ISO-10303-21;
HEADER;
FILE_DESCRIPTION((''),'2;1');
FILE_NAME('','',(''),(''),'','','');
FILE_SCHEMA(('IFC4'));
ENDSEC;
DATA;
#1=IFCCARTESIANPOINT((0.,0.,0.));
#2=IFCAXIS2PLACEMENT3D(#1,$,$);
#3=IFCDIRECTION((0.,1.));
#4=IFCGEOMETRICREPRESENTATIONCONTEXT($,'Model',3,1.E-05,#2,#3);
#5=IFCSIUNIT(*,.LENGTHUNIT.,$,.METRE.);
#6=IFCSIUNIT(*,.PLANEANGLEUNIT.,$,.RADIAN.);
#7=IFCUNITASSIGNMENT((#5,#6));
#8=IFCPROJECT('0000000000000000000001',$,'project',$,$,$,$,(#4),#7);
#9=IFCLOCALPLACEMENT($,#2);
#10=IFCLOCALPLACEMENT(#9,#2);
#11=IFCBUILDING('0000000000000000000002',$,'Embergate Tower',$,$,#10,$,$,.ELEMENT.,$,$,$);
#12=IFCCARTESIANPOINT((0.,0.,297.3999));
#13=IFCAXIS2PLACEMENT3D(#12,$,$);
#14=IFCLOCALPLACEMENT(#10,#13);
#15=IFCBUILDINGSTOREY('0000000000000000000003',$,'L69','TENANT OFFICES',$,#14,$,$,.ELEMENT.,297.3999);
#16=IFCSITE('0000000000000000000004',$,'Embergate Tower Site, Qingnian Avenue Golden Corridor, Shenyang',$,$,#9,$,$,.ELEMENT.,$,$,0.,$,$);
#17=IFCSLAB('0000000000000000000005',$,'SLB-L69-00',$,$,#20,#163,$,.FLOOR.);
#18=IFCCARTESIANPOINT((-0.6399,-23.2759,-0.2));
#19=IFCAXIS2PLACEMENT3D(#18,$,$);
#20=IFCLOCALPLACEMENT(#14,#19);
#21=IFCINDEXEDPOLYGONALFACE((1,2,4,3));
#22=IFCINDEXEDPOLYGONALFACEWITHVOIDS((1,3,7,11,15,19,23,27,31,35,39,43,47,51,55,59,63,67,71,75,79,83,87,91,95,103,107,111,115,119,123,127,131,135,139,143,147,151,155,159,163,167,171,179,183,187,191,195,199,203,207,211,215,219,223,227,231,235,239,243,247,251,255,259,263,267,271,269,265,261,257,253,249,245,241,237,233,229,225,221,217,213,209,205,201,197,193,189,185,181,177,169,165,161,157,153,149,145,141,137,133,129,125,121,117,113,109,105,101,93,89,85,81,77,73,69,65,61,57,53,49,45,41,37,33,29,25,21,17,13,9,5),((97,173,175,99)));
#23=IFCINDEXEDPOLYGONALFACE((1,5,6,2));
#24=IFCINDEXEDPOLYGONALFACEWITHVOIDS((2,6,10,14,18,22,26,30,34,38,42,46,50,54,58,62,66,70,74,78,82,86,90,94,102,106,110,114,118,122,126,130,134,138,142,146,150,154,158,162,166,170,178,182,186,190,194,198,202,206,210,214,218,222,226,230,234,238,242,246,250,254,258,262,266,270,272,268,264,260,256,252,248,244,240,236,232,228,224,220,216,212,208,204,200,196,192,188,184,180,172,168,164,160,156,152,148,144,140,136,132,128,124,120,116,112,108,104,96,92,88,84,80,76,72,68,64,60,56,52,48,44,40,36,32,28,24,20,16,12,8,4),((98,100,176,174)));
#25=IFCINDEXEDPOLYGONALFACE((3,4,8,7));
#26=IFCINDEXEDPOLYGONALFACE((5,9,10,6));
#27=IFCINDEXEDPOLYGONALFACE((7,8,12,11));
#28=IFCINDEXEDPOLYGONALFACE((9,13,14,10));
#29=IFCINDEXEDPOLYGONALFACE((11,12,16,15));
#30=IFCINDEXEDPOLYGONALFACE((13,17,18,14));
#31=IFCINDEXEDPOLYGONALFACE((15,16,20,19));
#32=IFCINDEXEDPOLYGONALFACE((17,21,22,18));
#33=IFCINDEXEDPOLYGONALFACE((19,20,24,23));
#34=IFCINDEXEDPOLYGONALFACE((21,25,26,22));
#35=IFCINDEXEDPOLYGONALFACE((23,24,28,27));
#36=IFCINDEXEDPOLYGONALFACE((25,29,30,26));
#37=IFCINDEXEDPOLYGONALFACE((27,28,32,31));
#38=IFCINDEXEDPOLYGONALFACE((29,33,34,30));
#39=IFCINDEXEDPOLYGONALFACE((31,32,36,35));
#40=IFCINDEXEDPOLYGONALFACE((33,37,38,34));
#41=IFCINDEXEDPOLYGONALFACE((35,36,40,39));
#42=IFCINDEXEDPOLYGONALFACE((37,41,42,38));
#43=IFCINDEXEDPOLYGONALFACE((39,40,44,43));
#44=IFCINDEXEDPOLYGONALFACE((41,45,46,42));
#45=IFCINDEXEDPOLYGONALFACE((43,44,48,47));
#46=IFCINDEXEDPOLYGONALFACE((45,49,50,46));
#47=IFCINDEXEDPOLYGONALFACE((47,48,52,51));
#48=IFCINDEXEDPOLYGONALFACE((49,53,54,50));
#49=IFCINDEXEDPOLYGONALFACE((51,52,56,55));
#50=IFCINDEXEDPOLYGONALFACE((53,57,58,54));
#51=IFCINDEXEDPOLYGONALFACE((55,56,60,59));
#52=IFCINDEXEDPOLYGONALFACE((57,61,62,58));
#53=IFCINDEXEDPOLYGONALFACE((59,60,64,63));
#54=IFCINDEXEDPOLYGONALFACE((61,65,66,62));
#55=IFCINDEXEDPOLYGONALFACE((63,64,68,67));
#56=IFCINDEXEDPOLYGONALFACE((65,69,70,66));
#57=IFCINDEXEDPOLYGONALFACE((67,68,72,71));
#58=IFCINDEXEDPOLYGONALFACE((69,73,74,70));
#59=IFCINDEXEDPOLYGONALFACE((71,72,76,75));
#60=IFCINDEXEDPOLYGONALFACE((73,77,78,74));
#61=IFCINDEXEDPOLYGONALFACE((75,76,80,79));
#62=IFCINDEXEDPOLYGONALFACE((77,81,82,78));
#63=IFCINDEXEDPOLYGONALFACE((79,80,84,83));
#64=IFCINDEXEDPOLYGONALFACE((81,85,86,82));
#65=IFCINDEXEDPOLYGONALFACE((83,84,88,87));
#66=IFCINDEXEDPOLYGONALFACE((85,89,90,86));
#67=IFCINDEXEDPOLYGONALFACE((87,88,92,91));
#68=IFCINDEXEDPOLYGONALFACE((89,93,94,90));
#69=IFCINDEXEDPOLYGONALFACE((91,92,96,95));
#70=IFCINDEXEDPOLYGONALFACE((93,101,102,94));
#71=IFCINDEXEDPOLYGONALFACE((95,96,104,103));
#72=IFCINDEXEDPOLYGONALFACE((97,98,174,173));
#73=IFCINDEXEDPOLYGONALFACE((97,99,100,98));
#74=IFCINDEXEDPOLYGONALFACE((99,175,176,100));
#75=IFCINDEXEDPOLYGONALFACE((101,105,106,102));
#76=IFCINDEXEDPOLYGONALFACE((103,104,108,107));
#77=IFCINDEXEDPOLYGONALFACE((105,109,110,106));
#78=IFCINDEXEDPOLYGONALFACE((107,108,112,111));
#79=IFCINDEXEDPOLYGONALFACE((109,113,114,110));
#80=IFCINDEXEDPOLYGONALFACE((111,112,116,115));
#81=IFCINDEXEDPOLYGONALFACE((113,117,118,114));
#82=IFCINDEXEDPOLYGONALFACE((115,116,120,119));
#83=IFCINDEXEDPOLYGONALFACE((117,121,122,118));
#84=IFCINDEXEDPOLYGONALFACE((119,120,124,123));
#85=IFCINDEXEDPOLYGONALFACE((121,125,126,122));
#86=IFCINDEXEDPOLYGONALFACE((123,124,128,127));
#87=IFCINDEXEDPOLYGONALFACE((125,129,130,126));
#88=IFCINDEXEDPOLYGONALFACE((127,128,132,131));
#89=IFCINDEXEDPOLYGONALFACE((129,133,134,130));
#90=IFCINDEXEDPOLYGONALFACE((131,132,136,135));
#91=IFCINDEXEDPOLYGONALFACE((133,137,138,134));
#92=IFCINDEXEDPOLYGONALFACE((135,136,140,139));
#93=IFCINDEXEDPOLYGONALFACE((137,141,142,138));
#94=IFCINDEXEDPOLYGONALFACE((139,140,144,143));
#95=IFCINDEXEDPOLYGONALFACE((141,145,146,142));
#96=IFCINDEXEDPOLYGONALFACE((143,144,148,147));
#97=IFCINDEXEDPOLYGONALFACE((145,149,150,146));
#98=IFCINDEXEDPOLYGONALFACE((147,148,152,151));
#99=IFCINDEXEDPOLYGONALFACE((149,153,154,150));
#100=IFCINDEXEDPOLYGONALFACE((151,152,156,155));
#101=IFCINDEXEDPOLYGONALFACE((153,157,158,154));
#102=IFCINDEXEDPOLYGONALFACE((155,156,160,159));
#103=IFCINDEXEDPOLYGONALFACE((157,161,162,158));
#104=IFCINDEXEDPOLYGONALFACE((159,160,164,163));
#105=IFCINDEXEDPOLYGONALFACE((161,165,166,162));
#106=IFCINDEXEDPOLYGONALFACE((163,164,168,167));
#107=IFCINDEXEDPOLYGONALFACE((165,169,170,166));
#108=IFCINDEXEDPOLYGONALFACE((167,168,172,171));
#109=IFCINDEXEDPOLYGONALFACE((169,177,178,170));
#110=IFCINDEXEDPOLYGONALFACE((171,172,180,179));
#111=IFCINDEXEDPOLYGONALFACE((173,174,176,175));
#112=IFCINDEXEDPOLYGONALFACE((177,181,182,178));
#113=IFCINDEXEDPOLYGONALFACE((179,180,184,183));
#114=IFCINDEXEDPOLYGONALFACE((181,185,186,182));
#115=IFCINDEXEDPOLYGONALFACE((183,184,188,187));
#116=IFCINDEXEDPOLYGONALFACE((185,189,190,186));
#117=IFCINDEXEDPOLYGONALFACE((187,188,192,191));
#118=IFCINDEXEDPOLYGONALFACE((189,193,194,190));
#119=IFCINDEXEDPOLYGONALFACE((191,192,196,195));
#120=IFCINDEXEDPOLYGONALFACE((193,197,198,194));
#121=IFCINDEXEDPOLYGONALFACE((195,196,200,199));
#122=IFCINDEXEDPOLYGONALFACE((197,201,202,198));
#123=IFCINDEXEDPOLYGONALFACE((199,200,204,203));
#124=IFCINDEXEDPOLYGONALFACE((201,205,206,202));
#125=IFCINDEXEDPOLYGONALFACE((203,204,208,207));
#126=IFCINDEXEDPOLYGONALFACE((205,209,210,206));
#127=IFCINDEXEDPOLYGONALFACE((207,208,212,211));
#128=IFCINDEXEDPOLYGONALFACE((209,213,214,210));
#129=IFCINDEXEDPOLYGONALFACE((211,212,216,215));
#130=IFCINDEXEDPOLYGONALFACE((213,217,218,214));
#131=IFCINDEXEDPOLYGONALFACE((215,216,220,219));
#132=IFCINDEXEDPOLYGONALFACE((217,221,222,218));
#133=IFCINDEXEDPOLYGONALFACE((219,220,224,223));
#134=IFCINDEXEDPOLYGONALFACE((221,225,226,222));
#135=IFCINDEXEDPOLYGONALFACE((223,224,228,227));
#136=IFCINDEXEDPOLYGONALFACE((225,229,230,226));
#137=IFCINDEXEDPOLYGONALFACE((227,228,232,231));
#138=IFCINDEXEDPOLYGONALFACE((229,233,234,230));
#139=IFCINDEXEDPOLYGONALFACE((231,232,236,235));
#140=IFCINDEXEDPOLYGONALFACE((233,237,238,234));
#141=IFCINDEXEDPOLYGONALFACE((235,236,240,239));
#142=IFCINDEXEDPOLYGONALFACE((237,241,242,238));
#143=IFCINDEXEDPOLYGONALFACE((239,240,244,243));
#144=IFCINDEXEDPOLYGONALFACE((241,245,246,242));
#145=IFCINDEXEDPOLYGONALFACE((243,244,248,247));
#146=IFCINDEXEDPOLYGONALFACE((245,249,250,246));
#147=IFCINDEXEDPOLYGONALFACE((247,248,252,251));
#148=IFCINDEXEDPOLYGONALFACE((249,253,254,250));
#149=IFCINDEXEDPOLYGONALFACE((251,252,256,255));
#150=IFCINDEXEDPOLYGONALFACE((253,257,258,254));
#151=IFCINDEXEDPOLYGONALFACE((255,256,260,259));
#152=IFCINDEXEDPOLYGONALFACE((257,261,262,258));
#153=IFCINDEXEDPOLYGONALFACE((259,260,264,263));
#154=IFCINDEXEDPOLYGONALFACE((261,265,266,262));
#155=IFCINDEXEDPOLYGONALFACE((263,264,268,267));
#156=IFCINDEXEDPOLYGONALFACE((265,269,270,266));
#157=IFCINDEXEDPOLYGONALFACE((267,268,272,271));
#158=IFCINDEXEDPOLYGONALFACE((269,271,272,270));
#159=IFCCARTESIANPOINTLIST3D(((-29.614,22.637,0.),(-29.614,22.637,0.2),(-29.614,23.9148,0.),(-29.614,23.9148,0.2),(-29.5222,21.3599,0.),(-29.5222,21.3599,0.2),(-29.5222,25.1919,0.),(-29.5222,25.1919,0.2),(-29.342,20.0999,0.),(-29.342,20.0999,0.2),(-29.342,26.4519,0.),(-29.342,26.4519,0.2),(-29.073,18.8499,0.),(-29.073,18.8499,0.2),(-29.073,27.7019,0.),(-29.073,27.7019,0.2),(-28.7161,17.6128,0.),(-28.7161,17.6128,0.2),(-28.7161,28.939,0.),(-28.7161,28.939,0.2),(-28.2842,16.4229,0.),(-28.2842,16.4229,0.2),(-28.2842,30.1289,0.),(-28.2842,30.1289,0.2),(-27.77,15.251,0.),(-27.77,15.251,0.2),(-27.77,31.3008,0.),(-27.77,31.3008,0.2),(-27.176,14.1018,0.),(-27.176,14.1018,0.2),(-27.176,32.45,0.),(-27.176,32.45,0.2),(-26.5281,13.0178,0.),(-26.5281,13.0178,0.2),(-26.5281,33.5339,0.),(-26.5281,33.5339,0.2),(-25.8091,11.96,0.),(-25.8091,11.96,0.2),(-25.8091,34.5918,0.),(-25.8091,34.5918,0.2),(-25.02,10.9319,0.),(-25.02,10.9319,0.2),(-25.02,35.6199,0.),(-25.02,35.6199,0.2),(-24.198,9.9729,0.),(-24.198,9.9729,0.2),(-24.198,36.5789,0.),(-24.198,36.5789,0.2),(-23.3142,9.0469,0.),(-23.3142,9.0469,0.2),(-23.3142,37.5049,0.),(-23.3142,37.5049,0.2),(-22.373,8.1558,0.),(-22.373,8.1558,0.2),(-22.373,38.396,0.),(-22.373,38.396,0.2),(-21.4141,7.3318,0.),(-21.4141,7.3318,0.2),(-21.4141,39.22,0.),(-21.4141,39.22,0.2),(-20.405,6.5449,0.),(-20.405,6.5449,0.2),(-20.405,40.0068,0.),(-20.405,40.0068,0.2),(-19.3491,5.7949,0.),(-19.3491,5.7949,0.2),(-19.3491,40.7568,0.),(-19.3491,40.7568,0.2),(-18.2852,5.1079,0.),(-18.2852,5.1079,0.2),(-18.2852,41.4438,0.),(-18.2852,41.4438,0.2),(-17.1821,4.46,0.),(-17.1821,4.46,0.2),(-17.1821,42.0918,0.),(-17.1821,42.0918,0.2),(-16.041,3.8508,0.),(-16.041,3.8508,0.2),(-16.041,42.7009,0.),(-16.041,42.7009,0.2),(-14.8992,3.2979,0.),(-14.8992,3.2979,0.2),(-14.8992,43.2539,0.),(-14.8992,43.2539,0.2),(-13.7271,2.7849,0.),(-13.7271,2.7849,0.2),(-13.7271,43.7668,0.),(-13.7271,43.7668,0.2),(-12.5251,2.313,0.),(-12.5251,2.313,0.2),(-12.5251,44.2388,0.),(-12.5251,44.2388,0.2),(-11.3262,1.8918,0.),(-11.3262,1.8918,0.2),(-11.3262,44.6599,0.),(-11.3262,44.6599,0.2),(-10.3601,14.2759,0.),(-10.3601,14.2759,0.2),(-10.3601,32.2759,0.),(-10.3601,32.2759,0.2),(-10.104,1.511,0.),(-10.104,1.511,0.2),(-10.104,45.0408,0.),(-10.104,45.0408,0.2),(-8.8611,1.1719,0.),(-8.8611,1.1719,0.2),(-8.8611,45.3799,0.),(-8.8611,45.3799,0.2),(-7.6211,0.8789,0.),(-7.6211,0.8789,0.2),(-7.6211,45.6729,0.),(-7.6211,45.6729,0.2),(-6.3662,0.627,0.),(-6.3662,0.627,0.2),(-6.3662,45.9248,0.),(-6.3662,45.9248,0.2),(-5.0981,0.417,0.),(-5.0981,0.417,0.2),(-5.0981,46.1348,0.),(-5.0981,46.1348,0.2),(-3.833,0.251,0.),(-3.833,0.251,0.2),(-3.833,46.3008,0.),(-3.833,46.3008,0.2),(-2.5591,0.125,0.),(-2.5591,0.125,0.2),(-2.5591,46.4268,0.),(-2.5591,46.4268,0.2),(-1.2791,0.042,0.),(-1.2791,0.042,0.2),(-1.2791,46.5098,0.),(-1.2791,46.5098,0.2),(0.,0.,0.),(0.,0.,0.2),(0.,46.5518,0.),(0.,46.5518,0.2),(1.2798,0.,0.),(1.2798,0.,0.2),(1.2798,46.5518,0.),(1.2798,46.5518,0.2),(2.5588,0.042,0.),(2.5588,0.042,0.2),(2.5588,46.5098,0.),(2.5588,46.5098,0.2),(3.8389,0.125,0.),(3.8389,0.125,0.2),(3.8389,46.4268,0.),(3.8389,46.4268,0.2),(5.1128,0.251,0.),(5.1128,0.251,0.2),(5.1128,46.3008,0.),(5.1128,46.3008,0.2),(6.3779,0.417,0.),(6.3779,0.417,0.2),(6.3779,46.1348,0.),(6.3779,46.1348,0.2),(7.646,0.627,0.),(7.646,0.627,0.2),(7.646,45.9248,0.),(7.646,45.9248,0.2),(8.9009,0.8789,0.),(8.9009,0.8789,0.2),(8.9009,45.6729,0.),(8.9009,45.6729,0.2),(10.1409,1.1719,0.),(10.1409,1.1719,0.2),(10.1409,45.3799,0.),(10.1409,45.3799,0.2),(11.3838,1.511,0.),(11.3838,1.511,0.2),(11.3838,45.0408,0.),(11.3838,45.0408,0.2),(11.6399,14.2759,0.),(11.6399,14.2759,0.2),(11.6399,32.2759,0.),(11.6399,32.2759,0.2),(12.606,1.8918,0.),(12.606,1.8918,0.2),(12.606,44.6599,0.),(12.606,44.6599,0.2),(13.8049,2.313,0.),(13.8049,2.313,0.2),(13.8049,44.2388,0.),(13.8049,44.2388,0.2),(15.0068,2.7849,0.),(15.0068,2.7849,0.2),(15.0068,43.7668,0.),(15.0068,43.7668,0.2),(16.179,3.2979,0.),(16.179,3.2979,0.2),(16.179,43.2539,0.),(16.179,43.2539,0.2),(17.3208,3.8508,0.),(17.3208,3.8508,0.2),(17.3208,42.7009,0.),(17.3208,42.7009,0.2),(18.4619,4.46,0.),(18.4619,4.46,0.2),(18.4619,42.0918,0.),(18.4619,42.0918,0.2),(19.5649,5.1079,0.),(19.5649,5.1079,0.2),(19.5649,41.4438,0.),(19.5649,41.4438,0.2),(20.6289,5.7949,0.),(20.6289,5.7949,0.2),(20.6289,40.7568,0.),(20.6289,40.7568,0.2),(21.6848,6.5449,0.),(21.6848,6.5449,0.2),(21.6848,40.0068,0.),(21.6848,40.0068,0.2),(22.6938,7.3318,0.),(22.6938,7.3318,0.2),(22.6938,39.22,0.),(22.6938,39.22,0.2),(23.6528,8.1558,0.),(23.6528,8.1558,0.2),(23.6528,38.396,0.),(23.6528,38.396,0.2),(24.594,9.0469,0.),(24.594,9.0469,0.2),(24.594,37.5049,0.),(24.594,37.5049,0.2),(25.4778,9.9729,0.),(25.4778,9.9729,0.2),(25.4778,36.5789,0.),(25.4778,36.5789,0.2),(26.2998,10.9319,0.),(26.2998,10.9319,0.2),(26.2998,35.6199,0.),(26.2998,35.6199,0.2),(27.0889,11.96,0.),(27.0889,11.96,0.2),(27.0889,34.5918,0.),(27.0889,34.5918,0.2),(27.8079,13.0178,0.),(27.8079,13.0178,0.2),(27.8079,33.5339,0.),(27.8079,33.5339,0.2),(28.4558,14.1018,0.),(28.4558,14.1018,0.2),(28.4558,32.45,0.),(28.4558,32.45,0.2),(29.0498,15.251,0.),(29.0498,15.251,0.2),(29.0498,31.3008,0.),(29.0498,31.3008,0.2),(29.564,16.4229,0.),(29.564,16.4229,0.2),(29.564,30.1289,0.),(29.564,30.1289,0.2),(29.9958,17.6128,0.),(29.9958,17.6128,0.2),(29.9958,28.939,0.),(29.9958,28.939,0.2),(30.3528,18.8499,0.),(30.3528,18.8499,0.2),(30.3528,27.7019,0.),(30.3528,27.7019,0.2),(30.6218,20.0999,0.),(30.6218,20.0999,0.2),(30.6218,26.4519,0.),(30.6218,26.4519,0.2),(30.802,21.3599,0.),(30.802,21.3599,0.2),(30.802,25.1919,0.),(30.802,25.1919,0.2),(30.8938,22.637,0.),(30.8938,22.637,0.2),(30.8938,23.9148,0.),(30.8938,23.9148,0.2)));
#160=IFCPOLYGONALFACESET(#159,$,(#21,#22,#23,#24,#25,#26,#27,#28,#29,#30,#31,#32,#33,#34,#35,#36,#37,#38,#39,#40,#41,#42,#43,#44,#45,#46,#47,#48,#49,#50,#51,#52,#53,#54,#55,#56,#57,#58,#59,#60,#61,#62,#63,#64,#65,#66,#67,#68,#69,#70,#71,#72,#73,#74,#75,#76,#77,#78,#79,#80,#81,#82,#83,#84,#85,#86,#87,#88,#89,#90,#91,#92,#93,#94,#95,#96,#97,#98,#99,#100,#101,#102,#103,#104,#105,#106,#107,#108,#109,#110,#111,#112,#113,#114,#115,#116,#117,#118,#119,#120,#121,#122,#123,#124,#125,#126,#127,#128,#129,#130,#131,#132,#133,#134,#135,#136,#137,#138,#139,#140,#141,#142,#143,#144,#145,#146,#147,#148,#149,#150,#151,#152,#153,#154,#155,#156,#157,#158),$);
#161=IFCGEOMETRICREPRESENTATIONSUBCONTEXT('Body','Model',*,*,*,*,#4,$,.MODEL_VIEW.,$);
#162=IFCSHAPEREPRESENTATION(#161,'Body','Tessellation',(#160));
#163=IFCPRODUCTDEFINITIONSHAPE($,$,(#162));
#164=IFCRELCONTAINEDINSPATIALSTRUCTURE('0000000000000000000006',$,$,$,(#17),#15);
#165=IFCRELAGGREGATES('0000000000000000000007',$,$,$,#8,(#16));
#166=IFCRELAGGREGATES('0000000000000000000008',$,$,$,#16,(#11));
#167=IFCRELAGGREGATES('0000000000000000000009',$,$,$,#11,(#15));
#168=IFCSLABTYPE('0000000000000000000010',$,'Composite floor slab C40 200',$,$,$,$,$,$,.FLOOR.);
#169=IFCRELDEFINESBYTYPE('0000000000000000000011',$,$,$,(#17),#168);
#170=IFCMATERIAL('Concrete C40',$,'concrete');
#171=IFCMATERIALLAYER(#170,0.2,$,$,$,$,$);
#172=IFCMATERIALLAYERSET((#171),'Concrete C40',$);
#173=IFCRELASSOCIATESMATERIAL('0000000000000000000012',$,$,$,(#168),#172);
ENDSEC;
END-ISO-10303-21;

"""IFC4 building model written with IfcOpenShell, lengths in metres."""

from ifc_helpers import new_model, si_unit, direction, frame, origin, place, context, subcontext, project, spatial, polyline, outline, extrude, source, transform, mapped, material, layer, layer_set, type_object, element, save


model = new_model("IFC4")

# Units and contexts
model_context = context("Model", 3, precision=1e-05, world=origin(), true_north=direction((0.0, 1.0)))
body_context = subcontext(model_context, "Body", "Model", "MODEL_VIEW")
ifc_project = project(units=[si_unit("LENGTHUNIT", "METRE"), si_unit("PLANEANGLEUNIT", "RADIAN")], contexts=[model_context])

# Site, building, storey
site_placement = place(None, origin())
site = spatial("IfcSite", under=ifc_project, at=site_placement, Name="Embergate Tower Site, Qingnian Avenue Golden Corridor, Shenyang", CompositionType="ELEMENT", RefElevation=0.0)
building_placement = place(site_placement, origin())
building = spatial("IfcBuilding", under=site, at=building_placement, Name="Embergate Tower", CompositionType="ELEMENT")
storey_placement = place(building_placement, frame((0.0, 0.0, 297.3999)))
storey = spatial("IfcBuildingStorey", under=building, at=storey_placement, Name="L69", Description="TENANT OFFICES", CompositionType="ELEMENT", Elevation=297.3999)

# Slab
ifc_material_1 = material(Name="Concrete C40", Category="concrete")
ifc_layer_1 = layer(ifc_material_1, 0.2)
ifc_layer_set_1 = layer_set([ifc_layer_1], Name="Concrete C40")
slab_type = type_object("IfcSlabType", Name="Composite floor slab C40 200", PredefinedType="FLOOR", material=ifc_layer_set_1)
shared_shape_1 = source(origin(), body_context, "Body", "SweptSolid", [
    extrude(outline(polyline([(0.0, 0.0), (1.2798, 0.0), (2.5588, 0.042), (3.8389, 0.125), (5.1128, 0.251), (6.3779, 0.417), (7.646, 0.627), (8.9009, 0.8789), (10.1409, 1.1719), (11.3838, 1.511), (12.606, 1.8918), (13.8049, 2.313), (15.0068, 2.7849), (16.179, 3.2979), (17.3208, 3.8508), (18.4619, 4.46), (19.5649, 5.1079), (20.6289, 5.7949), (21.6848, 6.5449), (22.6938, 7.3318), (23.6528, 8.1558), (24.594, 9.0469), (25.4778, 9.9729), (26.2998, 10.9319), (27.0889, 11.96), (27.8079, 13.0178), (28.4558, 14.1018), (29.0498, 15.251), (29.564, 16.4229), (29.9958, 17.6128), (30.3528, 18.8499), (30.6218, 20.0999), (30.802, 21.3599), (30.8938, 22.637), (30.8938, 23.9148), (30.802, 25.1919), (30.6218, 26.4519), (30.3528, 27.7019), (29.9958, 28.939), (29.564, 30.1289), (29.0498, 31.3008), (28.4558, 32.45), (27.8079, 33.5339), (27.0889, 34.5918), (26.2998, 35.6199), (25.4778, 36.5789), (24.594, 37.5049), (23.6528, 38.396), (22.6938, 39.22), (21.6848, 40.0068), (20.6289, 40.7568), (19.5649, 41.4438), (18.4619, 42.0918), (17.3208, 42.7009), (16.179, 43.2539), (15.0068, 43.7668), (13.8049, 44.2388), (12.606, 44.6599), (11.3838, 45.0408), (10.1409, 45.3799), (8.9009, 45.6729), (7.646, 45.9248), (6.3779, 46.1348), (5.1128, 46.3008), (3.8389, 46.4268), (2.5588, 46.5098), (1.2798, 46.5518), (0.0, 46.5518), (-1.2791, 46.5098), (-2.5591, 46.4268), (-3.833, 46.3008), (-5.0981, 46.1348), (-6.3662, 45.9248), (-7.6211, 45.6729), (-8.8611, 45.3799), (-10.104, 45.0408), (-11.3262, 44.6599), (-12.5251, 44.2388), (-13.7271, 43.7668), (-14.8992, 43.2539), (-16.041, 42.7009), (-17.1821, 42.0918), (-18.2852, 41.4438), (-19.3491, 40.7568), (-20.405, 40.0068), (-21.4141, 39.22), (-22.373, 38.396), (-23.3142, 37.5049), (-24.198, 36.5789), (-25.02, 35.6199), (-25.8091, 34.5918), (-26.5281, 33.5339), (-27.176, 32.45), (-27.77, 31.3008), (-28.2842, 30.1289), (-28.7161, 28.939), (-29.073, 27.7019), (-29.342, 26.4519), (-29.5222, 25.1919), (-29.614, 23.9148), (-29.614, 22.637), (-29.5222, 21.3599), (-29.342, 20.0999), (-29.073, 18.8499), (-28.7161, 17.6128), (-28.2842, 16.4229), (-27.77, 15.251), (-27.176, 14.1018), (-26.5281, 13.0178), (-25.8091, 11.96), (-25.02, 10.9319), (-24.198, 9.9729), (-23.3142, 9.0469), (-22.373, 8.1558), (-21.4141, 7.3318), (-20.405, 6.5449), (-19.3491, 5.7949), (-18.2852, 5.1079), (-17.1821, 4.46), (-16.041, 3.8508), (-14.8992, 3.2979), (-13.7271, 2.7849), (-12.5251, 2.313), (-11.3262, 1.8918), (-10.104, 1.511), (-8.8611, 1.1719), (-7.6211, 0.8789), (-6.3662, 0.627), (-5.0981, 0.417), (-3.833, 0.251), (-2.5591, 0.125), (-1.2791, 0.042), (0.0, 0.0)]), holes=[polyline([(-10.3601, 14.2759), (-10.3601, 32.2759), (11.6399, 32.2759), (11.6399, 14.2759), (-10.3601, 14.2759)])]), origin(), (0.0, 0.0, 1.0), 0.2),
])
slab_placement = place(storey_placement, frame((-0.6399, -23.2759, -0.2)))
element("IfcSlab", 1, at=slab_placement, inside=storey, type_object=slab_type, Name="SLB-L69-00", PredefinedType="FLOOR", context=body_context, shape_type="MappedRepresentation", body=[
    mapped(shared_shape_1, transform((0.0, 0.0, 0.0))),
])

save(model, "model.ifc")
